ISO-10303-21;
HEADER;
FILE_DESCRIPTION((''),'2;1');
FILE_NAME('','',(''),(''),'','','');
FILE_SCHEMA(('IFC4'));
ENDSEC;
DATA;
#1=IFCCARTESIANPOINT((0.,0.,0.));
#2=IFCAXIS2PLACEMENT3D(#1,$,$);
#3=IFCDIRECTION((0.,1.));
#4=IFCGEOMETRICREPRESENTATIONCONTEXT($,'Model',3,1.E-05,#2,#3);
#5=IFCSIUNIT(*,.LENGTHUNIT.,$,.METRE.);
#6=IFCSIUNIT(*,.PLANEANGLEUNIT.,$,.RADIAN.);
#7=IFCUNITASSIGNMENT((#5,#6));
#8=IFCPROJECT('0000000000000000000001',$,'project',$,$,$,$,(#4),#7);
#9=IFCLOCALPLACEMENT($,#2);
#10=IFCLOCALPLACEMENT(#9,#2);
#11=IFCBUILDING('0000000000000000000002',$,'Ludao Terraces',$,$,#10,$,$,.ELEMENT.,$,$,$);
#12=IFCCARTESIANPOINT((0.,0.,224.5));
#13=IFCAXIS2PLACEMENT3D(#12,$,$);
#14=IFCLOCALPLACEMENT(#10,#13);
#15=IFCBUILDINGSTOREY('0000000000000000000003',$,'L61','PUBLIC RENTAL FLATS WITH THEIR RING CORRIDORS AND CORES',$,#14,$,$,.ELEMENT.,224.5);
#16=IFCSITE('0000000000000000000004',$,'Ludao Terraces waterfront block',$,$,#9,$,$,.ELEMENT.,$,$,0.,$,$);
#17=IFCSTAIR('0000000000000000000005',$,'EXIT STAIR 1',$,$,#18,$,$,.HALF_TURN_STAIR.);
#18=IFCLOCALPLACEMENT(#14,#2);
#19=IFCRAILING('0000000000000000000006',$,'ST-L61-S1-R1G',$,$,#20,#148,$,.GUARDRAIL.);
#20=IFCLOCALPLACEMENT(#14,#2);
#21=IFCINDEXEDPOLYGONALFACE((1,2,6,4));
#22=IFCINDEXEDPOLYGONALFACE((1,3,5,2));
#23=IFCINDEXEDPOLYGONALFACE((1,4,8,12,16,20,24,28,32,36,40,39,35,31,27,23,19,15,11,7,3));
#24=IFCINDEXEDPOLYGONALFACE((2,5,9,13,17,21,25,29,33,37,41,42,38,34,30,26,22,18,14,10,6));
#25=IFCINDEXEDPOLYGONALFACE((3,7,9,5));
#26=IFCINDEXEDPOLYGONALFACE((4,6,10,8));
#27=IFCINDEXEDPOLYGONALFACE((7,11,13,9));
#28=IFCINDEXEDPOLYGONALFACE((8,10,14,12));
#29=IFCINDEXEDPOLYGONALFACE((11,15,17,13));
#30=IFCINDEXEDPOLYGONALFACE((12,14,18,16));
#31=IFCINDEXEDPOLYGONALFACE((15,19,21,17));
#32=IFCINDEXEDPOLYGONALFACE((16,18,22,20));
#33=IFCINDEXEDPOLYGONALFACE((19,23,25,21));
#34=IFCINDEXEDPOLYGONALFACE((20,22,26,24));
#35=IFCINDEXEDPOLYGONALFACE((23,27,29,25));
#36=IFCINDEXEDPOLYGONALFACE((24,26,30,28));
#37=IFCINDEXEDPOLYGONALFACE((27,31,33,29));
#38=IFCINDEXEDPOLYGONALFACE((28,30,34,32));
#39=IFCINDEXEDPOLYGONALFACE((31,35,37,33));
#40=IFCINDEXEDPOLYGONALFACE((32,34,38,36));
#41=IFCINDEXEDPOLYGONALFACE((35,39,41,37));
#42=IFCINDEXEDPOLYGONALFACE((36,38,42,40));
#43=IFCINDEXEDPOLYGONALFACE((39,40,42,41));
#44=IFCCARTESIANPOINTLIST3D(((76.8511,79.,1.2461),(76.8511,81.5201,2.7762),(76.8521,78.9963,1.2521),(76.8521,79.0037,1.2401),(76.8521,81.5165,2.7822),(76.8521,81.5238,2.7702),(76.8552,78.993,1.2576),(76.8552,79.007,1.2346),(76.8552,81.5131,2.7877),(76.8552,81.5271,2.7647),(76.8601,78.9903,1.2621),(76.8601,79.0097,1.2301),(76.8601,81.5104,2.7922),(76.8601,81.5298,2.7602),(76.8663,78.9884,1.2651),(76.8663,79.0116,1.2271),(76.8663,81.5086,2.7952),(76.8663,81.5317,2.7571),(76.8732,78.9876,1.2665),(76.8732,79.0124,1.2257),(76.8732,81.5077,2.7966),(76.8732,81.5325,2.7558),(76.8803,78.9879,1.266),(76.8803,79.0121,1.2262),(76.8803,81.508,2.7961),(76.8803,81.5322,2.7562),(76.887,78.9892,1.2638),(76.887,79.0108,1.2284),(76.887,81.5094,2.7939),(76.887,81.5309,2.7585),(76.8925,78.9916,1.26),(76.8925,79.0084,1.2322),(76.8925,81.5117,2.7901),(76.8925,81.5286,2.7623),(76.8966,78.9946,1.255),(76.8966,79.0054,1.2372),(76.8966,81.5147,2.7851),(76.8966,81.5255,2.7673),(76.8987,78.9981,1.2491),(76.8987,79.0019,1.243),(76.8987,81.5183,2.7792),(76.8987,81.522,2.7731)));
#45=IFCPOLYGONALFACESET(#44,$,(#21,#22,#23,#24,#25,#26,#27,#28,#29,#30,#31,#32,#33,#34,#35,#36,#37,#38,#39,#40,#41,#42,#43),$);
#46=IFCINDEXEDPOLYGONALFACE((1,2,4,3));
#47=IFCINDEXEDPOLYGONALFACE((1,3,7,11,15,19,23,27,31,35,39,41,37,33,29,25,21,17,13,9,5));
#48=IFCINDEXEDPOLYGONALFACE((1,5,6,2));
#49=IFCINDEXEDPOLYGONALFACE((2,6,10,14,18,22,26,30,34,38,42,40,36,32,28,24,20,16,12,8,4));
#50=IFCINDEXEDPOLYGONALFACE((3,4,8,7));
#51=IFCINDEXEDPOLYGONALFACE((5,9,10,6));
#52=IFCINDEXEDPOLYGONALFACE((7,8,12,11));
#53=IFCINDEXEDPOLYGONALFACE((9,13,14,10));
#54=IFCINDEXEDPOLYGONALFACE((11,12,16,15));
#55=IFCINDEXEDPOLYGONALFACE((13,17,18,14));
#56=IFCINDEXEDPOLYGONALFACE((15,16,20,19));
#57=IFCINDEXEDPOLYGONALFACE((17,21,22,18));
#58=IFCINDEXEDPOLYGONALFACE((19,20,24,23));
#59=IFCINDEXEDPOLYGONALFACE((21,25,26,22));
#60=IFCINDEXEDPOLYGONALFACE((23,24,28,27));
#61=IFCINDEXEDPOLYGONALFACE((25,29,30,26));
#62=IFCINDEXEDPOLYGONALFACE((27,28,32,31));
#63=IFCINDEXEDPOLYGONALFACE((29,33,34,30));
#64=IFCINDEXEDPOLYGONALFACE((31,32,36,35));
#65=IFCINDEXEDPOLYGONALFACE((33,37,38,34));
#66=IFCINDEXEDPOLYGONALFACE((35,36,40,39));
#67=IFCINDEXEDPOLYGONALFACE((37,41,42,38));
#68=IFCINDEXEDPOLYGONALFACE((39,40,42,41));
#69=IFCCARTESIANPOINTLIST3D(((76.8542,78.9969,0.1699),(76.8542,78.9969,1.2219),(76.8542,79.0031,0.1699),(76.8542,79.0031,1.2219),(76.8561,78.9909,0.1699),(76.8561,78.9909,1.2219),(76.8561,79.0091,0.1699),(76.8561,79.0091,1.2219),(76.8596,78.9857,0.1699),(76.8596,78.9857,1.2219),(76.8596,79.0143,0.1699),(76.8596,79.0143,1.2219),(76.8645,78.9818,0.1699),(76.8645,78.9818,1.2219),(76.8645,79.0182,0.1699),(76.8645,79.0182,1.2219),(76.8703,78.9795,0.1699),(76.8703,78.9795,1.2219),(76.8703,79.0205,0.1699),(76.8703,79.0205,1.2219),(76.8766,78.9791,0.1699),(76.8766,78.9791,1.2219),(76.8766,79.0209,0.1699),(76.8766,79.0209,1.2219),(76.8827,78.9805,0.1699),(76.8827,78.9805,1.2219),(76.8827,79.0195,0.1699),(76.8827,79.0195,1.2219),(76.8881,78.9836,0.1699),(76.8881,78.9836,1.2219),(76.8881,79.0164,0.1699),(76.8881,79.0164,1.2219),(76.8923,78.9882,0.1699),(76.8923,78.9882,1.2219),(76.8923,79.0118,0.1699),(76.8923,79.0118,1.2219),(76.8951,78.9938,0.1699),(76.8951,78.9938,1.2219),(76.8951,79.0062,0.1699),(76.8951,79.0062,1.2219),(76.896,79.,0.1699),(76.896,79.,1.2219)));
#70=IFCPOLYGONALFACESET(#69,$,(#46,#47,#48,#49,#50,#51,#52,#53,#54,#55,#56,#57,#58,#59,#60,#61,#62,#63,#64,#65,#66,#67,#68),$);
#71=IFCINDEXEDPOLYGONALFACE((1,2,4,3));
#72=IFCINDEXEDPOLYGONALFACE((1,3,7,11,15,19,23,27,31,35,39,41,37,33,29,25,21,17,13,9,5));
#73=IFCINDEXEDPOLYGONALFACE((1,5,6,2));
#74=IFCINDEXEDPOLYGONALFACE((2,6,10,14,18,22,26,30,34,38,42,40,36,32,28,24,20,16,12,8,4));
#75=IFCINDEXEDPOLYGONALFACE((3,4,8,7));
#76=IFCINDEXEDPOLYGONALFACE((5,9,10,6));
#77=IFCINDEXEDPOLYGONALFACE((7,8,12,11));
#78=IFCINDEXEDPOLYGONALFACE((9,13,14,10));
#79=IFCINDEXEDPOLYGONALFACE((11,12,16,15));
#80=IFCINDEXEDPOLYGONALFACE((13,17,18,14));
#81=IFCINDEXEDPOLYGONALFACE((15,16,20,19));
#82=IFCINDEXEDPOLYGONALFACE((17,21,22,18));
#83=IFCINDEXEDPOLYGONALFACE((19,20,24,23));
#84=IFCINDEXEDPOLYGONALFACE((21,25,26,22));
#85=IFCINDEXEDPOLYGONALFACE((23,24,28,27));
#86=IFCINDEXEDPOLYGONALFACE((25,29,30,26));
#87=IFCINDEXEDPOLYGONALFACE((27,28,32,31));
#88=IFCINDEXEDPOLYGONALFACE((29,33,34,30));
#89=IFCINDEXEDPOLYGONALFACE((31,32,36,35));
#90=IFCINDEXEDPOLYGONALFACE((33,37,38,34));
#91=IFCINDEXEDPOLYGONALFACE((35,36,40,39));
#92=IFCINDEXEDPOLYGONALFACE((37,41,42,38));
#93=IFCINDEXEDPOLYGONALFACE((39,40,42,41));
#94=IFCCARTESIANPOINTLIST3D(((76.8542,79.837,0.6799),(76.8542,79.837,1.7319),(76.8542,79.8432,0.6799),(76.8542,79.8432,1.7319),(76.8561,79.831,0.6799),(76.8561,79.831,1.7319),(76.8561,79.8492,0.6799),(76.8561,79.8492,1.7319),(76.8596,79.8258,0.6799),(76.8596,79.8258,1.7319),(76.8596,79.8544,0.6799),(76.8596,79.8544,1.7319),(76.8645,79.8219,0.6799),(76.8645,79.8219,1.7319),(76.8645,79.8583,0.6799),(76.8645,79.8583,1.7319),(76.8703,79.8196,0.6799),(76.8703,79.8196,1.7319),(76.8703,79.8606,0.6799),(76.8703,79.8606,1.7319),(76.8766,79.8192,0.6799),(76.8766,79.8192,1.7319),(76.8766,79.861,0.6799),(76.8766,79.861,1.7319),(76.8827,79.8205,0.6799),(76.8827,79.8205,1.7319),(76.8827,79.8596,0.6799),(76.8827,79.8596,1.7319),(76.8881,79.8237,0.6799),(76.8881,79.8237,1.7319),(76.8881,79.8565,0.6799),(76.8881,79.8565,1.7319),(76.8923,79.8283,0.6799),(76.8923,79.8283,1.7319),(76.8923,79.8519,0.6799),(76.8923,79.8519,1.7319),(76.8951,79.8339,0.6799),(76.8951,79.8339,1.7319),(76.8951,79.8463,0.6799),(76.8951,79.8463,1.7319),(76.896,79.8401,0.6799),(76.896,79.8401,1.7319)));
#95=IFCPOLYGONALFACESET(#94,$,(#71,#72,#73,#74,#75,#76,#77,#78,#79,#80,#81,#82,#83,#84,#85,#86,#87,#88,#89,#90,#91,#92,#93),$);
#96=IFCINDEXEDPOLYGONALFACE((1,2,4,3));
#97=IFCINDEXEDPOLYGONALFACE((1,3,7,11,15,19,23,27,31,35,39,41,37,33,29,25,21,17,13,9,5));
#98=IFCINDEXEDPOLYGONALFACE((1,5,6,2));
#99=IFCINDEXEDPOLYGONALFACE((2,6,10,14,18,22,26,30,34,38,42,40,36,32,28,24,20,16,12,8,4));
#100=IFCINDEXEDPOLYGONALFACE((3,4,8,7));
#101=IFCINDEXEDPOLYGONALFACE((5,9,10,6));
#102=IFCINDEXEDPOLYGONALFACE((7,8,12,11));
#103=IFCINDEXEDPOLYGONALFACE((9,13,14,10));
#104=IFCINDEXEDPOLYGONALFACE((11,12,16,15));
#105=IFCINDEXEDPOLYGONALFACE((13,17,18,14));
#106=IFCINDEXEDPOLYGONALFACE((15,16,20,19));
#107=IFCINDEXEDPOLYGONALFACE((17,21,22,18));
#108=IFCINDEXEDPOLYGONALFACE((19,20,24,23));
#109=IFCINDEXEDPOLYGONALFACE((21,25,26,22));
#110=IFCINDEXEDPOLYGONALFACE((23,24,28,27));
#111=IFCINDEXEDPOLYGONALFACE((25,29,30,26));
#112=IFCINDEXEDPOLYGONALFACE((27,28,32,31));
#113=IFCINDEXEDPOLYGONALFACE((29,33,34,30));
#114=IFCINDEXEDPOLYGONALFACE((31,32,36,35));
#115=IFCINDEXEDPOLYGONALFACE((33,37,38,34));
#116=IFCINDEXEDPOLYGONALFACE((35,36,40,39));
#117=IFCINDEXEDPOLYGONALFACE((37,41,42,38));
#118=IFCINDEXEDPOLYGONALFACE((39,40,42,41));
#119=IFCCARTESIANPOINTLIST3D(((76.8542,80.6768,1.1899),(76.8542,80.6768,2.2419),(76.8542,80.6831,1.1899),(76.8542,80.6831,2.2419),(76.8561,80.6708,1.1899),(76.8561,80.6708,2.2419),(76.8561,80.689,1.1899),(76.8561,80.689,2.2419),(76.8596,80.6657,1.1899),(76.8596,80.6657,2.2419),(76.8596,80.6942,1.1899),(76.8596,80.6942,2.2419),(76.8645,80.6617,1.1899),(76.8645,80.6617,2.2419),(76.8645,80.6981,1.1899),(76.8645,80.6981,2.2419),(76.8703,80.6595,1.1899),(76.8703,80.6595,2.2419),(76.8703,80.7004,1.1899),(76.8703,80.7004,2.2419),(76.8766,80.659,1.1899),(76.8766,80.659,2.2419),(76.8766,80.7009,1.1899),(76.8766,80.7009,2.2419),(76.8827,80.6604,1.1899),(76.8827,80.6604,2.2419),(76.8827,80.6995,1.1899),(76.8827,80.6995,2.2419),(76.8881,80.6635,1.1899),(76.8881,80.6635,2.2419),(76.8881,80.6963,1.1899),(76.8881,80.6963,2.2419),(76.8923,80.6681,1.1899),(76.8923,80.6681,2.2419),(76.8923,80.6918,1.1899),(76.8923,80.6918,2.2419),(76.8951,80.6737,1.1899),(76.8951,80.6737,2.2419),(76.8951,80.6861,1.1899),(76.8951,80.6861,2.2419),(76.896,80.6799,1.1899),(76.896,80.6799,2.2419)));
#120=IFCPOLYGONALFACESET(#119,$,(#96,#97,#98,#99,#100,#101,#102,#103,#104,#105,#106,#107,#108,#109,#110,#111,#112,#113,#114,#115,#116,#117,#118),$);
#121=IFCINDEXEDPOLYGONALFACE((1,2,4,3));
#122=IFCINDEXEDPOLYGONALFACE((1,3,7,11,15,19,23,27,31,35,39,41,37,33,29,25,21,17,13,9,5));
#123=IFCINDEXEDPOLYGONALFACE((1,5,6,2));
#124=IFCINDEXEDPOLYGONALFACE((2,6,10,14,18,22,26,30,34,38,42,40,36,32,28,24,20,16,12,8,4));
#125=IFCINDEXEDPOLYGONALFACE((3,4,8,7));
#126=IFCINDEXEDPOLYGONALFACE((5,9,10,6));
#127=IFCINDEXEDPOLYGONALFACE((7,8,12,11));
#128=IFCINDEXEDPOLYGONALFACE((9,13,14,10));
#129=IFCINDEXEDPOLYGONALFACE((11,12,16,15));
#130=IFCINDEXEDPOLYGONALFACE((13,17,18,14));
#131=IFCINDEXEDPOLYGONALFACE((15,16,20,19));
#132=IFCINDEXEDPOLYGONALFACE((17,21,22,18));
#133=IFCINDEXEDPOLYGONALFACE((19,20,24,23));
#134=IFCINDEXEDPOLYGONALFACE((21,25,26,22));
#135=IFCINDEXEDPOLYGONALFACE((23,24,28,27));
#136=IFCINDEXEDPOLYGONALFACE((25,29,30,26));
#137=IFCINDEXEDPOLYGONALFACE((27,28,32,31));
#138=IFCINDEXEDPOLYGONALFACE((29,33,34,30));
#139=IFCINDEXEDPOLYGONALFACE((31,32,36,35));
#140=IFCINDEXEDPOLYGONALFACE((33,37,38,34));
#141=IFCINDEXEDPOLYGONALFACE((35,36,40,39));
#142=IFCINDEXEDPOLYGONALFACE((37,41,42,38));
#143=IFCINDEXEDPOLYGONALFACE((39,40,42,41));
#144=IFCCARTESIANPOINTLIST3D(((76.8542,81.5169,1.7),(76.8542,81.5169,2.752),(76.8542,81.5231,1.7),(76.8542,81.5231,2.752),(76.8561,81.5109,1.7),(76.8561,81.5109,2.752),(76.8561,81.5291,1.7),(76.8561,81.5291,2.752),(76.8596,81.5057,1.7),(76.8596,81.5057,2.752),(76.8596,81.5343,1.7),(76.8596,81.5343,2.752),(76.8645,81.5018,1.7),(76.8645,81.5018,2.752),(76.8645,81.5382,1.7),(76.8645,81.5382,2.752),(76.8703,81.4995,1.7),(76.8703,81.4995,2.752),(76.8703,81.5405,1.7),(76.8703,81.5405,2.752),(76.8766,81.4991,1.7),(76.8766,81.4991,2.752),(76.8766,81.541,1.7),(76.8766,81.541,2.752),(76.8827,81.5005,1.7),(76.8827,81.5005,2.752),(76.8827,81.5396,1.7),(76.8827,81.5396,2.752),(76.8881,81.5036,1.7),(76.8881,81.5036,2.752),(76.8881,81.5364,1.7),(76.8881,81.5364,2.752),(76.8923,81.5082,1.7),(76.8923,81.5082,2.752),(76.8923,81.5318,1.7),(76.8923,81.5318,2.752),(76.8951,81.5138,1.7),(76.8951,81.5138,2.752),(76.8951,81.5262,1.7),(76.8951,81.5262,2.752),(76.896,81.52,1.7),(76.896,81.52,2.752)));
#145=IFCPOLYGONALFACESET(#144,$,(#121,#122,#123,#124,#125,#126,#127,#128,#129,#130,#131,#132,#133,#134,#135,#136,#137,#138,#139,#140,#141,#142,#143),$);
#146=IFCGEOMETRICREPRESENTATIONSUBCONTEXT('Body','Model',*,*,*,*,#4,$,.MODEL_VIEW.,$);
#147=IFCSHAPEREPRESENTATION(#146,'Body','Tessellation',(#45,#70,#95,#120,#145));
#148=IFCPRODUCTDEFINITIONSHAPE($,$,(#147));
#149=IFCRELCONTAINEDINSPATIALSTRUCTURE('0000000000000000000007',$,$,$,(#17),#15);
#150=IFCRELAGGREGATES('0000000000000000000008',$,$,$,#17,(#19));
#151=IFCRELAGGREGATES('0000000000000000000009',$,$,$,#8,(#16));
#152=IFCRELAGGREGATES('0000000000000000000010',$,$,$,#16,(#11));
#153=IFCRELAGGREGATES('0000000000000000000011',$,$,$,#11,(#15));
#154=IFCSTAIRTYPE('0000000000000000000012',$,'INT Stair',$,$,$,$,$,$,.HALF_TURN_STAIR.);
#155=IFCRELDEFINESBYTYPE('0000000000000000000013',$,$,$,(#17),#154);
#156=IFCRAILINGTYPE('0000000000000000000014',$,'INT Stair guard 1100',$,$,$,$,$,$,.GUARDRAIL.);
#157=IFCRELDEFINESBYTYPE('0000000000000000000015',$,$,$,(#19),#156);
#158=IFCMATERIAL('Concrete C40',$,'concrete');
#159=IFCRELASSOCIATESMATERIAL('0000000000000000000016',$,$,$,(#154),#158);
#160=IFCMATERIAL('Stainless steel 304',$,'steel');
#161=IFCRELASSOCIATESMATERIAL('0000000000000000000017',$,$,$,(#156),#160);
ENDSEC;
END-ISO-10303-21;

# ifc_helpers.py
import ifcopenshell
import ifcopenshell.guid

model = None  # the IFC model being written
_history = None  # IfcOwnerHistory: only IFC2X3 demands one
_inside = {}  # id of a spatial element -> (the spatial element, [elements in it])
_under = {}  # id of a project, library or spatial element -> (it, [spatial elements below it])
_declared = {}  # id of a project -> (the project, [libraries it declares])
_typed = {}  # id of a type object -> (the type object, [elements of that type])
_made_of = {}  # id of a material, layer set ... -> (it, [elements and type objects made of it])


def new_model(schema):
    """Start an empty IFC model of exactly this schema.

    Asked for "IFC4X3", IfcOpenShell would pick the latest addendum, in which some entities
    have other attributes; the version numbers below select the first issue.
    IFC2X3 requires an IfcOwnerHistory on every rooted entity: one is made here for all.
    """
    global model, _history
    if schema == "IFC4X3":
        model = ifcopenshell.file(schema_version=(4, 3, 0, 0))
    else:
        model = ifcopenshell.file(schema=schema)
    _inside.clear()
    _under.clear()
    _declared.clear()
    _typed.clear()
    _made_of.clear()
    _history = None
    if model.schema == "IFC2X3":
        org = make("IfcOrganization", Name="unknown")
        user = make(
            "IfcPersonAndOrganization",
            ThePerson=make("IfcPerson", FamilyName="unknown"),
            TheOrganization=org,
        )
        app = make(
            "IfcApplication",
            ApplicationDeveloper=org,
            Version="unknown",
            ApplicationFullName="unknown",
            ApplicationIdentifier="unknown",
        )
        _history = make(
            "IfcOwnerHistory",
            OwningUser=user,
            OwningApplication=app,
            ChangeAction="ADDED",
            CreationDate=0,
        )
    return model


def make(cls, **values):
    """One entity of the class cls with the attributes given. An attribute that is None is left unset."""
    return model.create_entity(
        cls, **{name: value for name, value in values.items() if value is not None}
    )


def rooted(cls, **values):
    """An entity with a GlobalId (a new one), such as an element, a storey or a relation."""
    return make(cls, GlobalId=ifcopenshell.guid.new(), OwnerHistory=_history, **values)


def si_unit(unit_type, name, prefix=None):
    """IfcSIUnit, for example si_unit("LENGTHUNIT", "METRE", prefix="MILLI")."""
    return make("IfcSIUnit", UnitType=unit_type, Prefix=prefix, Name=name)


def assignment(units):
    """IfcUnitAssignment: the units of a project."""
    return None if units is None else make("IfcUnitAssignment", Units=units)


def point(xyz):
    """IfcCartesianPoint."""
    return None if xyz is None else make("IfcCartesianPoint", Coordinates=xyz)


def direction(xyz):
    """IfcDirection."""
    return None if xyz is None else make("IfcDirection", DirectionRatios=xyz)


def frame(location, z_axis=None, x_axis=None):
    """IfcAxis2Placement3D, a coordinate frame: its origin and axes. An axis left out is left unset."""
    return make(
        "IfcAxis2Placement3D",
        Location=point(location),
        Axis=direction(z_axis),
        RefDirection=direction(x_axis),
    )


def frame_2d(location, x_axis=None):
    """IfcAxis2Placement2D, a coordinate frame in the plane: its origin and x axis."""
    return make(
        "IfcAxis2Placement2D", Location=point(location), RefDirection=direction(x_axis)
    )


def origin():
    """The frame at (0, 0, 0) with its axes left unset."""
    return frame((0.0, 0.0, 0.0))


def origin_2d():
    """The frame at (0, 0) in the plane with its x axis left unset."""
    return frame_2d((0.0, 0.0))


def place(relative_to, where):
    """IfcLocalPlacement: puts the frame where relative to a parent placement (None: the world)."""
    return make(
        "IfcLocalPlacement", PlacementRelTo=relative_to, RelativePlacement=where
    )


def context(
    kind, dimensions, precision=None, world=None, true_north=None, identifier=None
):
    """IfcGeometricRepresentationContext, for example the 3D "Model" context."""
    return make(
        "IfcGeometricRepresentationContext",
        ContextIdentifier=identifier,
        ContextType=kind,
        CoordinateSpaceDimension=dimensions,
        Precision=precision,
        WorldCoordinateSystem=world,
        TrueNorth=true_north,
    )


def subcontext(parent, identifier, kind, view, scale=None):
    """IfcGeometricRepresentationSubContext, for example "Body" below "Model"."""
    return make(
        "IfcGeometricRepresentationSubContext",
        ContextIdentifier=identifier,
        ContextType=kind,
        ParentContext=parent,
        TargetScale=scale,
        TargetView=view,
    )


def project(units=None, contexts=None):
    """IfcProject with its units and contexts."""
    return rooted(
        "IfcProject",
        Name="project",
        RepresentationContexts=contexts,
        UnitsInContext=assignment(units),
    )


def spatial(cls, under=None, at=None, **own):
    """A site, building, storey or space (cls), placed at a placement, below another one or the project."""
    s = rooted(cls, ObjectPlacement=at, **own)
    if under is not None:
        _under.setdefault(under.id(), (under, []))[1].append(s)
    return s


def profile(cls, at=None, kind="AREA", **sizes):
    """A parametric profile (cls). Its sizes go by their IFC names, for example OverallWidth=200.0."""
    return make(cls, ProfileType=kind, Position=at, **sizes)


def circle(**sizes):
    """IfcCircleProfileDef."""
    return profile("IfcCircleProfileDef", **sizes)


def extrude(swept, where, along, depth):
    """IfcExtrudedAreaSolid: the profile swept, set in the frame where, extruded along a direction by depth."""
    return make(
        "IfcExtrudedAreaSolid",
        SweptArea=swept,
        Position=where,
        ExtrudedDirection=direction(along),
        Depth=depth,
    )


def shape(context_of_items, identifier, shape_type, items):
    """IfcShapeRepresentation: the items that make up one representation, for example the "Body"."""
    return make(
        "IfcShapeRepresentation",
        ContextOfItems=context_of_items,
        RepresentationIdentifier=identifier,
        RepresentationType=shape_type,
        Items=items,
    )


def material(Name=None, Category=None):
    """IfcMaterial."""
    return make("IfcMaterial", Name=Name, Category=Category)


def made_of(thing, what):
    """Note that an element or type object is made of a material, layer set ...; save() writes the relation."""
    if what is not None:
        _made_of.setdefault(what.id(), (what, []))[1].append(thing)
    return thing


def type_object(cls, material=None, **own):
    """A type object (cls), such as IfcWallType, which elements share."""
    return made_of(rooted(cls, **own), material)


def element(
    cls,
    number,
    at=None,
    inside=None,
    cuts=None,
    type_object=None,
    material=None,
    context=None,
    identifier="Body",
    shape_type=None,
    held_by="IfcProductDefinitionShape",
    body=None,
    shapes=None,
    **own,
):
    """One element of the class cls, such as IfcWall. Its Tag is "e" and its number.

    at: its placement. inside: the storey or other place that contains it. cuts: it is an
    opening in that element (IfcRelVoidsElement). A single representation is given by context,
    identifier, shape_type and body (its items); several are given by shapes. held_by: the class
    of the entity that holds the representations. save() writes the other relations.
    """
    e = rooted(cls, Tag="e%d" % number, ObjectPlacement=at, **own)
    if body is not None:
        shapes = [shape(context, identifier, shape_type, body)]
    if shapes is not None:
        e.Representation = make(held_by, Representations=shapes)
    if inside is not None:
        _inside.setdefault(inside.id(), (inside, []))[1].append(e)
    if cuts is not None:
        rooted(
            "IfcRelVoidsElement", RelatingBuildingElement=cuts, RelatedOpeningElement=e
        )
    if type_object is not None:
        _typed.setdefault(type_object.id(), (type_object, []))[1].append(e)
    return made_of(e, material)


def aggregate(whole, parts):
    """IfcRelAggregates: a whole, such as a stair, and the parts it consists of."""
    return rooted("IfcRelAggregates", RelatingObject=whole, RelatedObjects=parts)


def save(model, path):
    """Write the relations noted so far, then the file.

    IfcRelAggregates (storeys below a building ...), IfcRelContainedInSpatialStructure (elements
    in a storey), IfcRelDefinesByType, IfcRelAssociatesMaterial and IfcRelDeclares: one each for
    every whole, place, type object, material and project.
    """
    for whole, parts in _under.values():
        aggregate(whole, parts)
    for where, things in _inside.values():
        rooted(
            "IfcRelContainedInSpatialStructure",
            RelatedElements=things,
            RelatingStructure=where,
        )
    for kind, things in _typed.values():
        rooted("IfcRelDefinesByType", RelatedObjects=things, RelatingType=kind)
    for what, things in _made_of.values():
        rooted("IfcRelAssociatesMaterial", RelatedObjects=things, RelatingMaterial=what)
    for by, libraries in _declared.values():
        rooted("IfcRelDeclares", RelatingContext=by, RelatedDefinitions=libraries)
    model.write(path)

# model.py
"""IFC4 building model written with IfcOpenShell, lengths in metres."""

from ifc_helpers import new_model, si_unit, direction, frame, origin, origin_2d, place, context, subcontext, project, spatial, circle, extrude, material, type_object, element, aggregate, save


model = new_model("IFC4")

# Units and contexts
model_context = context("Model", 3, precision=1e-05, world=origin(), true_north=direction((0.0, 1.0)))
body_context = subcontext(model_context, "Body", "Model", "MODEL_VIEW")
ifc_project = project(units=[si_unit("LENGTHUNIT", "METRE"), si_unit("PLANEANGLEUNIT", "RADIAN")], contexts=[model_context])

# Site, building, storey
site_placement = place(None, origin())
site = spatial("IfcSite", under=ifc_project, at=site_placement, Name="Ludao Terraces waterfront block", CompositionType="ELEMENT", RefElevation=0.0)
building_placement = place(site_placement, origin())
building = spatial("IfcBuilding", under=site, at=building_placement, Name="Ludao Terraces", CompositionType="ELEMENT")
storey_placement = place(building_placement, frame((0.0, 0.0, 224.5)))
storey = spatial("IfcBuildingStorey", under=building, at=storey_placement, Name="L61", Description="PUBLIC RENTAL FLATS WITH THEIR RING CORRIDORS AND CORES", CompositionType="ELEMENT", Elevation=224.5)

# Shared definitions
ifc_material_1 = material(Name="Concrete C40", Category="concrete")

# Stair, railing
stair_type = type_object("IfcStairType", Name="INT Stair", PredefinedType="HALF_TURN_STAIR", material=ifc_material_1)
stair_placement = place(storey_placement, origin())
stair = element("IfcStair", 1, at=stair_placement, inside=storey, type_object=stair_type, Name="EXIT STAIR 1", PredefinedType="HALF_TURN_STAIR")
ifc_material_2 = material(Name="Stainless steel 304", Category="steel")
railing_type_1 = type_object("IfcRailingType", Name="INT Stair guard 1100", PredefinedType="GUARDRAIL", material=ifc_material_2)
railing_1_placement = place(storey_placement, frame((76.875, 79.0, 0.1699)))
railing_1 = element("IfcRailing", 2, at=railing_1_placement, type_object=railing_type_1, Name="ST-L61-S1-R1G", PredefinedType="GUARDRAIL", context=body_context, shape_type="SweptSolid", body=[
    extrude(circle(Radius=0.0239, at=origin_2d()), frame((0.0, 0.0, 1.0762), z_axis=(0.0, 0.854785, 0.518982), x_axis=(-1.0, 0.0, 0.0)), (0.0, 0.0, 1.0), 2.9482),
    extrude(circle(Radius=0.021, at=origin_2d()), origin(), (0.0, 0.0, 1.0), 1.052),
    extrude(circle(Radius=0.021, at=origin_2d()), frame((0.0, 0.8401, 0.51)), (0.0, 0.0, 1.0), 1.052),
    extrude(circle(Radius=0.021, at=origin_2d()), frame((0.0, 1.6799, 1.02)), (0.0, 0.0, 1.0), 1.052),
    extrude(circle(Radius=0.021, at=origin_2d()), frame((0.0, 2.52, 1.53)), (0.0, 0.0, 1.0), 1.052),
])
aggregate(stair, [railing_1])

save(model, "model.ifc")
